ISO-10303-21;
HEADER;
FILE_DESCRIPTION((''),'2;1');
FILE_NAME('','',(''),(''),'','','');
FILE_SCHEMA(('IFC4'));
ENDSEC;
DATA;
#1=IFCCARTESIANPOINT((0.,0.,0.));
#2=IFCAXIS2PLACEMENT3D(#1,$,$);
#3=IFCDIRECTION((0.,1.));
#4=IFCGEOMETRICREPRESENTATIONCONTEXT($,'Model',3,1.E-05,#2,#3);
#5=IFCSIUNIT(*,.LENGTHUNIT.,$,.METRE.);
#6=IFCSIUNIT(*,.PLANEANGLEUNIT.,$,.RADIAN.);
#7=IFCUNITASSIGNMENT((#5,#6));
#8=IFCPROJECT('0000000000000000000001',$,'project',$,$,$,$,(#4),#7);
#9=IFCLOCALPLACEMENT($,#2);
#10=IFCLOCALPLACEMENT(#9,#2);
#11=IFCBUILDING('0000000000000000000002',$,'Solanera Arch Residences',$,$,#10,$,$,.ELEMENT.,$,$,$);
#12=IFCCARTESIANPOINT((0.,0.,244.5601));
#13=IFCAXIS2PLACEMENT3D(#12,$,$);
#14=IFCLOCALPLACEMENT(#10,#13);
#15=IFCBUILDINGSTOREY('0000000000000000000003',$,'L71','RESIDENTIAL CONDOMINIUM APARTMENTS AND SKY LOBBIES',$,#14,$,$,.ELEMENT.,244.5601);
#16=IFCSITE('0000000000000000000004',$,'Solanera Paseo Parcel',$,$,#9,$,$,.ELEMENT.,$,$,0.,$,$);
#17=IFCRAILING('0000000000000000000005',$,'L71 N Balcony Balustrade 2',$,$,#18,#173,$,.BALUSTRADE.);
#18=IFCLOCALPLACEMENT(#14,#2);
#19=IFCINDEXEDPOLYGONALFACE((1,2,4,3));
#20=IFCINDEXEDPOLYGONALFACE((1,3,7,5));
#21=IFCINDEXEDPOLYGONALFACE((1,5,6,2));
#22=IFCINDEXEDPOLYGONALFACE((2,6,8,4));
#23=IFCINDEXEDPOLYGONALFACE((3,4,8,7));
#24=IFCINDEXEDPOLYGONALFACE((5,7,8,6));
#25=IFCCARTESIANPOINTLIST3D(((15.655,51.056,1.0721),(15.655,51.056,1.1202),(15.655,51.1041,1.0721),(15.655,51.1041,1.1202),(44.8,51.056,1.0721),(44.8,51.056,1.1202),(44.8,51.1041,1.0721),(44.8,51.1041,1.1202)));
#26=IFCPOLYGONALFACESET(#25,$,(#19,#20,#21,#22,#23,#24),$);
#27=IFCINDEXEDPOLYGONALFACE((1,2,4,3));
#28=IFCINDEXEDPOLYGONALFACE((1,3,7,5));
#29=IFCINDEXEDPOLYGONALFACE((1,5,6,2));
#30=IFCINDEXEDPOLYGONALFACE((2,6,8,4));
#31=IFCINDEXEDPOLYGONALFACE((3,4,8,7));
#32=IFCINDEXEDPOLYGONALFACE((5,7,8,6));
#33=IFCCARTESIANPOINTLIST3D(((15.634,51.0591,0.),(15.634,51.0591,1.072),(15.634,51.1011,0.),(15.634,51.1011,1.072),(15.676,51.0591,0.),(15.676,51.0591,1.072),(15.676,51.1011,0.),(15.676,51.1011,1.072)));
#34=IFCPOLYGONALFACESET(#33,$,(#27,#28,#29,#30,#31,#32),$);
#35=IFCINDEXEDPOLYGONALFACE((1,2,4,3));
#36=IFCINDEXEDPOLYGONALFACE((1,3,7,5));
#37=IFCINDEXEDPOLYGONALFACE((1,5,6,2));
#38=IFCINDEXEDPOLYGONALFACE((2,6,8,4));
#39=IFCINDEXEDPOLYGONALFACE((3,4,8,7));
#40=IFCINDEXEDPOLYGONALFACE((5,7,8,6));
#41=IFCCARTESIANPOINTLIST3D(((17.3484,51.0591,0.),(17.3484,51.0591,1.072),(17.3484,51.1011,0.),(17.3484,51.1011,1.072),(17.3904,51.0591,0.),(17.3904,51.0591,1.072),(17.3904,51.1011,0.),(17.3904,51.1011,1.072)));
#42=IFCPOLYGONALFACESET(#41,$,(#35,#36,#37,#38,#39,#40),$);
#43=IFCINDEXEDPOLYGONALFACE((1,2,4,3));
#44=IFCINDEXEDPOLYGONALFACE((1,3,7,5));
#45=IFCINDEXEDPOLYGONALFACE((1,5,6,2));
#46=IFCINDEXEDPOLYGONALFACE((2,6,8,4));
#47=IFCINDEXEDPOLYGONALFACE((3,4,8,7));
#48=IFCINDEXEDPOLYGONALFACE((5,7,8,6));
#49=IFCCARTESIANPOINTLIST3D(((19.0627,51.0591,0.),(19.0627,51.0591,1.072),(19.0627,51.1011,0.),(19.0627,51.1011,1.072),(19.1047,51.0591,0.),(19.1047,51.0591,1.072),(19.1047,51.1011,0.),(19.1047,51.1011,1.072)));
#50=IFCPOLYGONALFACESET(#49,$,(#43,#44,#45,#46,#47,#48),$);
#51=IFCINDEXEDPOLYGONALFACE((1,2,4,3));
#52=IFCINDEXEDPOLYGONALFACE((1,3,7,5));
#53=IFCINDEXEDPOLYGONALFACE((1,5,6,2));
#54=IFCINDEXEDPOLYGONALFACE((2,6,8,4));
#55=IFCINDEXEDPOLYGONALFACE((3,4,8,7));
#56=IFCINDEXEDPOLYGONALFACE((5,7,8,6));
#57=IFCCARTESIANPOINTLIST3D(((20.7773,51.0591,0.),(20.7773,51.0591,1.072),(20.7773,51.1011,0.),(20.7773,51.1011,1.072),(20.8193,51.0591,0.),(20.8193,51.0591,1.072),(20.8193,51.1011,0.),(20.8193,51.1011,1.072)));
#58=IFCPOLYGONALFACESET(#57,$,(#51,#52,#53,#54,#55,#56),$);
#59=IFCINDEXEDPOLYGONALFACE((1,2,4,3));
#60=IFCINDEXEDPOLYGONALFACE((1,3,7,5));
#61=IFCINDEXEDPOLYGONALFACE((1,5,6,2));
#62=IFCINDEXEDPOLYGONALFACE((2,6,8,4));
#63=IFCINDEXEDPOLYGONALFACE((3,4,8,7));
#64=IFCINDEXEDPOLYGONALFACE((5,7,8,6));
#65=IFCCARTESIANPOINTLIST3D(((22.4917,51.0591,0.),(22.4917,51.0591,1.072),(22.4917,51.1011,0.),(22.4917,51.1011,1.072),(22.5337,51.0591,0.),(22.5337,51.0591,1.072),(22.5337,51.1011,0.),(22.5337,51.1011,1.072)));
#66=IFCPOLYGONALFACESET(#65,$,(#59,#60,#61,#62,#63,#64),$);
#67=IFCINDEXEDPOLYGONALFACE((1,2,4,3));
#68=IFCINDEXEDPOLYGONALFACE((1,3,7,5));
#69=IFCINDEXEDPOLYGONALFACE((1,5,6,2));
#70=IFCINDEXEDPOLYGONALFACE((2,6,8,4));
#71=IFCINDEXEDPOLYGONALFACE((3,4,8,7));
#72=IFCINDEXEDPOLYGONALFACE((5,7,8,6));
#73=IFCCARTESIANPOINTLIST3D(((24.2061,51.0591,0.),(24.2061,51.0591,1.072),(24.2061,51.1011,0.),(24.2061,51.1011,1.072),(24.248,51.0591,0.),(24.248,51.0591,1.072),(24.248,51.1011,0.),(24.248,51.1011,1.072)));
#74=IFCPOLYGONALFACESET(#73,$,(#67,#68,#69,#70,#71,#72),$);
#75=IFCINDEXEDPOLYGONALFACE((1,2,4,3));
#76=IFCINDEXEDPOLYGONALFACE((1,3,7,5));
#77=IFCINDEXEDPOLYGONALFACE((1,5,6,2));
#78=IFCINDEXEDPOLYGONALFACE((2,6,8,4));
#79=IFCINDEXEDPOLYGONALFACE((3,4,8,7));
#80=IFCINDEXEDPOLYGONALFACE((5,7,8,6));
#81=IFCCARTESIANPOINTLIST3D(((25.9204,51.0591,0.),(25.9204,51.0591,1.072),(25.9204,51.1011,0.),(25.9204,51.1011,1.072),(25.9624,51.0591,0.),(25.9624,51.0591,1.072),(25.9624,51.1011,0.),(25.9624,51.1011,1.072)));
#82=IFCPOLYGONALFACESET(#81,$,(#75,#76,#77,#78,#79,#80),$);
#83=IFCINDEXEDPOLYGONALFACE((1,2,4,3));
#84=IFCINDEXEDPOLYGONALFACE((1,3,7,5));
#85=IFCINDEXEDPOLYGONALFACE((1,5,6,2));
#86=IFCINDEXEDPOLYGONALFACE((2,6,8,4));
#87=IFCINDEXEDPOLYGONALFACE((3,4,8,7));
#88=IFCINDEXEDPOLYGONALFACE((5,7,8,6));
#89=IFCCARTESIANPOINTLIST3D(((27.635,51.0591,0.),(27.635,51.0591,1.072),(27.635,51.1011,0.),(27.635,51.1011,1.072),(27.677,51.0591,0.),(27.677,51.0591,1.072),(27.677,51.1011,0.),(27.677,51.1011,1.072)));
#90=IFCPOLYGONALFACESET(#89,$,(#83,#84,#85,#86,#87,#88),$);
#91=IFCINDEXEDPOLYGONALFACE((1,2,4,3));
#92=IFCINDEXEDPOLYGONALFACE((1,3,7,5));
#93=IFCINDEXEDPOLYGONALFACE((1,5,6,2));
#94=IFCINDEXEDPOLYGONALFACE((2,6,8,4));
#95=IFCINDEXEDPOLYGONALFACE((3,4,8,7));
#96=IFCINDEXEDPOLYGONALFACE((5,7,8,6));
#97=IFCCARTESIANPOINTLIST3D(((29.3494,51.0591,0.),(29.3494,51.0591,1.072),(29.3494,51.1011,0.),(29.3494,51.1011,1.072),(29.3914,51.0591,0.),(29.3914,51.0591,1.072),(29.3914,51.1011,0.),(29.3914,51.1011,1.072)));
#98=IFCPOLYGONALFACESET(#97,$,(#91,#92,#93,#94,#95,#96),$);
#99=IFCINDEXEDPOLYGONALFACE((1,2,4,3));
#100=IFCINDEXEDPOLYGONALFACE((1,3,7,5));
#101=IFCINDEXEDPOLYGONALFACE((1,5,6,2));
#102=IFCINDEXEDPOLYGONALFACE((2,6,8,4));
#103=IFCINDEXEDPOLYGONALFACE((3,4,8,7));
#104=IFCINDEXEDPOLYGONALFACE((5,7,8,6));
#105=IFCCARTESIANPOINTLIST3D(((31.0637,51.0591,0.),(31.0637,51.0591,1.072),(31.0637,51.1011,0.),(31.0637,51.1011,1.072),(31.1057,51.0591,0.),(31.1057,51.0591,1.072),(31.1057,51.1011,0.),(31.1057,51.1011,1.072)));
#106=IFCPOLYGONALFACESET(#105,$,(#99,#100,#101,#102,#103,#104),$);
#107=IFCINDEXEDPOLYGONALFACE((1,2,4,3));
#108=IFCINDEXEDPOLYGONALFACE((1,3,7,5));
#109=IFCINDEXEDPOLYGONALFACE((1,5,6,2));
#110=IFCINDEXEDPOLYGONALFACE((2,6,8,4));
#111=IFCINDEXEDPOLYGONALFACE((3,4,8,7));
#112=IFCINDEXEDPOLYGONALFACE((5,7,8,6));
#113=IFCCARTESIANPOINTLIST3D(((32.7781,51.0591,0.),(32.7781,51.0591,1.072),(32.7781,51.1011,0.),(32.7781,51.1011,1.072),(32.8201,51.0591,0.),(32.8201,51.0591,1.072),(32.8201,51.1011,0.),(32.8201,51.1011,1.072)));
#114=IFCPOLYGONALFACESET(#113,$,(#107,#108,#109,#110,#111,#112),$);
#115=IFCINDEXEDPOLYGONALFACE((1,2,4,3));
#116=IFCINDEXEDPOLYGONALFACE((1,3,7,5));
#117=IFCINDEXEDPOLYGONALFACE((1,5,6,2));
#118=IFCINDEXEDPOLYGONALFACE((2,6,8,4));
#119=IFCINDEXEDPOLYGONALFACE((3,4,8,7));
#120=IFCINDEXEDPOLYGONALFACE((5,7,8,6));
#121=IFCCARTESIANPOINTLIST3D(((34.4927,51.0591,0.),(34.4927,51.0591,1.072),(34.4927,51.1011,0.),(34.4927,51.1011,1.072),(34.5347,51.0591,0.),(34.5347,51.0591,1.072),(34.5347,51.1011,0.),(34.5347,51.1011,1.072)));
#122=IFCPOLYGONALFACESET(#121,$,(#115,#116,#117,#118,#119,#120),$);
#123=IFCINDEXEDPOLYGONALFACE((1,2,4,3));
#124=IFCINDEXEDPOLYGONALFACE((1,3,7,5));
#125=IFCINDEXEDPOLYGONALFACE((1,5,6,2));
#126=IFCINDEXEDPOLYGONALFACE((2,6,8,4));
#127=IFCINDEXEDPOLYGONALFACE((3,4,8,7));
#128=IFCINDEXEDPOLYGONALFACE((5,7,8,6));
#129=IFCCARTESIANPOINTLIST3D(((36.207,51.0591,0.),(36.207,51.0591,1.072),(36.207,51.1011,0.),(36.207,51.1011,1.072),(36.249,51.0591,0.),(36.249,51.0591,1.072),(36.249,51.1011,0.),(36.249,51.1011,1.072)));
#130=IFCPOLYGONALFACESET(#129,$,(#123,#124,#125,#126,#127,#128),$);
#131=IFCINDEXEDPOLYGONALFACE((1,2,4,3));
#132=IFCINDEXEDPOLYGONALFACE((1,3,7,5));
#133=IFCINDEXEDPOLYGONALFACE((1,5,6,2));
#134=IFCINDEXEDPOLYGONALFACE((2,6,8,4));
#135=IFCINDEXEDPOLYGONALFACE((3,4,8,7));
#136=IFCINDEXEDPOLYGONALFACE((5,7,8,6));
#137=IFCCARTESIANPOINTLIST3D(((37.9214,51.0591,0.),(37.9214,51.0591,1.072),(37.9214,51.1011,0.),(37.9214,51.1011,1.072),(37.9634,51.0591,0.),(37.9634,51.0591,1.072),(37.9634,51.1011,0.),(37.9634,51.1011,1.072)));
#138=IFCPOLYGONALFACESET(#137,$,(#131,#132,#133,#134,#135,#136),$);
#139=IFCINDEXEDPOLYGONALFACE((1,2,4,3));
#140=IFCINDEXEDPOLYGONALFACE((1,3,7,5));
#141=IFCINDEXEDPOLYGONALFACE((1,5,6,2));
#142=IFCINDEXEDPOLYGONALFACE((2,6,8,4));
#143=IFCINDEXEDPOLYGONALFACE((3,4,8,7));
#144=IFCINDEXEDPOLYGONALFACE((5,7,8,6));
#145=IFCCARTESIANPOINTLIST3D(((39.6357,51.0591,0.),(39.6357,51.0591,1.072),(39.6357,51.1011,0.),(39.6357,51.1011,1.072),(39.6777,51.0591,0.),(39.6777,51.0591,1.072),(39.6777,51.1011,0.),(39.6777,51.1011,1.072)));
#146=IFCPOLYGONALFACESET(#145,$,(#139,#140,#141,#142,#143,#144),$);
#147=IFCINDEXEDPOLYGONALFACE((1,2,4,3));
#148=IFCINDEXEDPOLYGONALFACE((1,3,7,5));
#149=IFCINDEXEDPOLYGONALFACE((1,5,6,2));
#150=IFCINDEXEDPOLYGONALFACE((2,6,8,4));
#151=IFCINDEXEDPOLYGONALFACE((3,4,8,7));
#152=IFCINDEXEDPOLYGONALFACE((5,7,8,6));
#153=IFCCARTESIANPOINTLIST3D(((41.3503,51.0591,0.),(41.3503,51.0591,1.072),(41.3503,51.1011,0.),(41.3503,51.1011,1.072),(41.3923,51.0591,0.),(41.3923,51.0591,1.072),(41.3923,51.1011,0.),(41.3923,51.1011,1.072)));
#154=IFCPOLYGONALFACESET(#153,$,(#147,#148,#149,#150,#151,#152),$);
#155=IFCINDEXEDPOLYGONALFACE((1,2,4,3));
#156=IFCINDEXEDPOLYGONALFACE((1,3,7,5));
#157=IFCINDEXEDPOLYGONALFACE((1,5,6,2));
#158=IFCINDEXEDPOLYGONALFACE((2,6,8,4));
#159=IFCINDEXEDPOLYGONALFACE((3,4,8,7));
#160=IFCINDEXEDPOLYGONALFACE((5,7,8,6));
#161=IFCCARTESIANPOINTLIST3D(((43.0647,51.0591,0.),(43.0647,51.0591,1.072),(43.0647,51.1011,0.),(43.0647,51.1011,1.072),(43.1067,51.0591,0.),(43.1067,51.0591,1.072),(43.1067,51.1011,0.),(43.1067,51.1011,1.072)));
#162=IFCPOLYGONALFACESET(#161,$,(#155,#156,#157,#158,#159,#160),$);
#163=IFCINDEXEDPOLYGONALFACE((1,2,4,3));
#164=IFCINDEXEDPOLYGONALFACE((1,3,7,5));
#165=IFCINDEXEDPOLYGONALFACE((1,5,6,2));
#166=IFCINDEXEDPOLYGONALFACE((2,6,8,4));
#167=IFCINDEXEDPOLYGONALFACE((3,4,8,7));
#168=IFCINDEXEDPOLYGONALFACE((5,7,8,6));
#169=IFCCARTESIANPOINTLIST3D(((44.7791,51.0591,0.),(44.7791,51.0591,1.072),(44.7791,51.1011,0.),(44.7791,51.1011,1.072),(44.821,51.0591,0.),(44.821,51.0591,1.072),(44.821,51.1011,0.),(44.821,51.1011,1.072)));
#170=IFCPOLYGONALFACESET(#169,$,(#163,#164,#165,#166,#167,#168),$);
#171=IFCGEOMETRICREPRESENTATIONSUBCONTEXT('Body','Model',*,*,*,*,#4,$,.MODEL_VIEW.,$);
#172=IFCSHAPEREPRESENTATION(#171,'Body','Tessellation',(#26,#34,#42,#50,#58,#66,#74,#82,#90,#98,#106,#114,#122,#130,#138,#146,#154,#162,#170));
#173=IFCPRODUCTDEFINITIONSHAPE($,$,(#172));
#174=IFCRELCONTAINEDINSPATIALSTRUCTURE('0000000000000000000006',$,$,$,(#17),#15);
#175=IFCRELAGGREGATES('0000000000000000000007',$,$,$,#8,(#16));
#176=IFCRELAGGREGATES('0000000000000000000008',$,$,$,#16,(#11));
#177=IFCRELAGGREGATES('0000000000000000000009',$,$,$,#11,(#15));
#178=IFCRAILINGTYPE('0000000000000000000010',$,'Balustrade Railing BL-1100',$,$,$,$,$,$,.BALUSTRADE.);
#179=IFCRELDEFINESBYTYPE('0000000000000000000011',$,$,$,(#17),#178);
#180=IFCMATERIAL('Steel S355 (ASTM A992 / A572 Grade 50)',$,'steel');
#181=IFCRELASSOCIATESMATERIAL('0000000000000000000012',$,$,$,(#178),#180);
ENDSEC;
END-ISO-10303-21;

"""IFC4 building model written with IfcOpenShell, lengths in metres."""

from ifc_helpers import new_model, si_unit, direction, frame, origin, origin_2d, place, context, subcontext, project, spatial, rectangle, extrude, material, type_object, element, save


model = new_model("IFC4")

# Units and contexts
model_context = context("Model", 3, precision=1e-05, world=origin(), true_north=direction((0.0, 1.0)))
body_context = subcontext(model_context, "Body", "Model", "MODEL_VIEW")
ifc_project = project(units=[si_unit("LENGTHUNIT", "METRE"), si_unit("PLANEANGLEUNIT", "RADIAN")], contexts=[model_context])

# Site, building, storey
site_placement = place(None, origin())
site = spatial("IfcSite", under=ifc_project, at=site_placement, Name="Solanera Paseo Parcel", CompositionType="ELEMENT", RefElevation=0.0)
building_placement = place(site_placement, origin())
building = spatial("IfcBuilding", under=site, at=building_placement, Name="Solanera Arch Residences", CompositionType="ELEMENT")
storey_placement = place(building_placement, frame((0.0, 0.0, 244.5601)))
storey = spatial("IfcBuildingStorey", under=building, at=storey_placement, Name="L71", Description="RESIDENTIAL CONDOMINIUM APARTMENTS AND SKY LOBBIES", CompositionType="ELEMENT", Elevation=244.5601)

# Railing
ifc_material_1 = material(Name="Steel S355 (ASTM A992 / A572 Grade 50)", Category="steel")
railing_type = type_object("IfcRailingType", Name="Balustrade Railing BL-1100", PredefinedType="BALUSTRADE", material=ifc_material_1)
railing_placement = place(storey_placement, frame((15.655, 51.0801, 0.0)))
element("IfcRailing", 1, at=railing_placement, inside=storey, type_object=railing_type, Name="L71 N Balcony Balustrade 2", PredefinedType="BALUSTRADE", context=body_context, shape_type="SweptSolid", body=[
    extrude(rectangle(XDim=0.0481, YDim=0.0481, at=origin_2d()), frame((0.0, 0.0, 1.0962), z_axis=(1.0, 0.0, 0.0), x_axis=(0.0, 1.0, 0.0)), (0.0, 0.0, 1.0), 29.145),
    extrude(rectangle(XDim=0.042, YDim=0.042, at=origin_2d()), origin(), (0.0, 0.0, 1.0), 1.072),
    extrude(rectangle(XDim=0.042, YDim=0.042, at=origin_2d()), frame((1.7144, 0.0, 0.0)), (0.0, 0.0, 1.0), 1.072),
    extrude(rectangle(XDim=0.042, YDim=0.042, at=origin_2d()), frame((3.4287, 0.0, 0.0)), (0.0, 0.0, 1.0), 1.072),
    extrude(rectangle(XDim=0.042, YDim=0.042, at=origin_2d()), frame((5.1433, 0.0, 0.0)), (0.0, 0.0, 1.0), 1.072),
    extrude(rectangle(XDim=0.042, YDim=0.042, at=origin_2d()), frame((6.8577, 0.0, 0.0)), (0.0, 0.0, 1.0), 1.072),
    extrude(rectangle(XDim=0.042, YDim=0.042, at=origin_2d()), frame((8.572, 0.0, 0.0)), (0.0, 0.0, 1.0), 1.072),
    extrude(rectangle(XDim=0.042, YDim=0.042, at=origin_2d()), frame((10.2864, 0.0, 0.0)), (0.0, 0.0, 1.0), 1.072),
    extrude(rectangle(XDim=0.042, YDim=0.042, at=origin_2d()), frame((12.001, 0.0, 0.0)), (0.0, 0.0, 1.0), 1.072),
    extrude(rectangle(XDim=0.042, YDim=0.042, at=origin_2d()), frame((13.7153, 0.0, 0.0)), (0.0, 0.0, 1.0), 1.072),
    extrude(rectangle(XDim=0.042, YDim=0.042, at=origin_2d()), frame((15.4297, 0.0, 0.0)), (0.0, 0.0, 1.0), 1.072),
    extrude(rectangle(XDim=0.042, YDim=0.042, at=origin_2d()), frame((17.144, 0.0, 0.0)), (0.0, 0.0, 1.0), 1.072),
    extrude(rectangle(XDim=0.042, YDim=0.042, at=origin_2d()), frame((18.8586, 0.0, 0.0)), (0.0, 0.0, 1.0), 1.072),
    extrude(rectangle(XDim=0.042, YDim=0.042, at=origin_2d()), frame((20.573, 0.0, 0.0)), (0.0, 0.0, 1.0), 1.072),
    extrude(rectangle(XDim=0.042, YDim=0.042, at=origin_2d()), frame((22.2874, 0.0, 0.0)), (0.0, 0.0, 1.0), 1.072),
    extrude(rectangle(XDim=0.042, YDim=0.042, at=origin_2d()), frame((24.0017, 0.0, 0.0)), (0.0, 0.0, 1.0), 1.072),
    extrude(rectangle(XDim=0.042, YDim=0.042, at=origin_2d()), frame((25.7163, 0.0, 0.0)), (0.0, 0.0, 1.0), 1.072),
    extrude(rectangle(XDim=0.042, YDim=0.042, at=origin_2d()), frame((27.4307, 0.0, 0.0)), (0.0, 0.0, 1.0), 1.072),
    extrude(rectangle(XDim=0.042, YDim=0.042, at=origin_2d()), frame((29.145, 0.0, 0.0)), (0.0, 0.0, 1.0), 1.072),
])

save(model, "model.ifc")
